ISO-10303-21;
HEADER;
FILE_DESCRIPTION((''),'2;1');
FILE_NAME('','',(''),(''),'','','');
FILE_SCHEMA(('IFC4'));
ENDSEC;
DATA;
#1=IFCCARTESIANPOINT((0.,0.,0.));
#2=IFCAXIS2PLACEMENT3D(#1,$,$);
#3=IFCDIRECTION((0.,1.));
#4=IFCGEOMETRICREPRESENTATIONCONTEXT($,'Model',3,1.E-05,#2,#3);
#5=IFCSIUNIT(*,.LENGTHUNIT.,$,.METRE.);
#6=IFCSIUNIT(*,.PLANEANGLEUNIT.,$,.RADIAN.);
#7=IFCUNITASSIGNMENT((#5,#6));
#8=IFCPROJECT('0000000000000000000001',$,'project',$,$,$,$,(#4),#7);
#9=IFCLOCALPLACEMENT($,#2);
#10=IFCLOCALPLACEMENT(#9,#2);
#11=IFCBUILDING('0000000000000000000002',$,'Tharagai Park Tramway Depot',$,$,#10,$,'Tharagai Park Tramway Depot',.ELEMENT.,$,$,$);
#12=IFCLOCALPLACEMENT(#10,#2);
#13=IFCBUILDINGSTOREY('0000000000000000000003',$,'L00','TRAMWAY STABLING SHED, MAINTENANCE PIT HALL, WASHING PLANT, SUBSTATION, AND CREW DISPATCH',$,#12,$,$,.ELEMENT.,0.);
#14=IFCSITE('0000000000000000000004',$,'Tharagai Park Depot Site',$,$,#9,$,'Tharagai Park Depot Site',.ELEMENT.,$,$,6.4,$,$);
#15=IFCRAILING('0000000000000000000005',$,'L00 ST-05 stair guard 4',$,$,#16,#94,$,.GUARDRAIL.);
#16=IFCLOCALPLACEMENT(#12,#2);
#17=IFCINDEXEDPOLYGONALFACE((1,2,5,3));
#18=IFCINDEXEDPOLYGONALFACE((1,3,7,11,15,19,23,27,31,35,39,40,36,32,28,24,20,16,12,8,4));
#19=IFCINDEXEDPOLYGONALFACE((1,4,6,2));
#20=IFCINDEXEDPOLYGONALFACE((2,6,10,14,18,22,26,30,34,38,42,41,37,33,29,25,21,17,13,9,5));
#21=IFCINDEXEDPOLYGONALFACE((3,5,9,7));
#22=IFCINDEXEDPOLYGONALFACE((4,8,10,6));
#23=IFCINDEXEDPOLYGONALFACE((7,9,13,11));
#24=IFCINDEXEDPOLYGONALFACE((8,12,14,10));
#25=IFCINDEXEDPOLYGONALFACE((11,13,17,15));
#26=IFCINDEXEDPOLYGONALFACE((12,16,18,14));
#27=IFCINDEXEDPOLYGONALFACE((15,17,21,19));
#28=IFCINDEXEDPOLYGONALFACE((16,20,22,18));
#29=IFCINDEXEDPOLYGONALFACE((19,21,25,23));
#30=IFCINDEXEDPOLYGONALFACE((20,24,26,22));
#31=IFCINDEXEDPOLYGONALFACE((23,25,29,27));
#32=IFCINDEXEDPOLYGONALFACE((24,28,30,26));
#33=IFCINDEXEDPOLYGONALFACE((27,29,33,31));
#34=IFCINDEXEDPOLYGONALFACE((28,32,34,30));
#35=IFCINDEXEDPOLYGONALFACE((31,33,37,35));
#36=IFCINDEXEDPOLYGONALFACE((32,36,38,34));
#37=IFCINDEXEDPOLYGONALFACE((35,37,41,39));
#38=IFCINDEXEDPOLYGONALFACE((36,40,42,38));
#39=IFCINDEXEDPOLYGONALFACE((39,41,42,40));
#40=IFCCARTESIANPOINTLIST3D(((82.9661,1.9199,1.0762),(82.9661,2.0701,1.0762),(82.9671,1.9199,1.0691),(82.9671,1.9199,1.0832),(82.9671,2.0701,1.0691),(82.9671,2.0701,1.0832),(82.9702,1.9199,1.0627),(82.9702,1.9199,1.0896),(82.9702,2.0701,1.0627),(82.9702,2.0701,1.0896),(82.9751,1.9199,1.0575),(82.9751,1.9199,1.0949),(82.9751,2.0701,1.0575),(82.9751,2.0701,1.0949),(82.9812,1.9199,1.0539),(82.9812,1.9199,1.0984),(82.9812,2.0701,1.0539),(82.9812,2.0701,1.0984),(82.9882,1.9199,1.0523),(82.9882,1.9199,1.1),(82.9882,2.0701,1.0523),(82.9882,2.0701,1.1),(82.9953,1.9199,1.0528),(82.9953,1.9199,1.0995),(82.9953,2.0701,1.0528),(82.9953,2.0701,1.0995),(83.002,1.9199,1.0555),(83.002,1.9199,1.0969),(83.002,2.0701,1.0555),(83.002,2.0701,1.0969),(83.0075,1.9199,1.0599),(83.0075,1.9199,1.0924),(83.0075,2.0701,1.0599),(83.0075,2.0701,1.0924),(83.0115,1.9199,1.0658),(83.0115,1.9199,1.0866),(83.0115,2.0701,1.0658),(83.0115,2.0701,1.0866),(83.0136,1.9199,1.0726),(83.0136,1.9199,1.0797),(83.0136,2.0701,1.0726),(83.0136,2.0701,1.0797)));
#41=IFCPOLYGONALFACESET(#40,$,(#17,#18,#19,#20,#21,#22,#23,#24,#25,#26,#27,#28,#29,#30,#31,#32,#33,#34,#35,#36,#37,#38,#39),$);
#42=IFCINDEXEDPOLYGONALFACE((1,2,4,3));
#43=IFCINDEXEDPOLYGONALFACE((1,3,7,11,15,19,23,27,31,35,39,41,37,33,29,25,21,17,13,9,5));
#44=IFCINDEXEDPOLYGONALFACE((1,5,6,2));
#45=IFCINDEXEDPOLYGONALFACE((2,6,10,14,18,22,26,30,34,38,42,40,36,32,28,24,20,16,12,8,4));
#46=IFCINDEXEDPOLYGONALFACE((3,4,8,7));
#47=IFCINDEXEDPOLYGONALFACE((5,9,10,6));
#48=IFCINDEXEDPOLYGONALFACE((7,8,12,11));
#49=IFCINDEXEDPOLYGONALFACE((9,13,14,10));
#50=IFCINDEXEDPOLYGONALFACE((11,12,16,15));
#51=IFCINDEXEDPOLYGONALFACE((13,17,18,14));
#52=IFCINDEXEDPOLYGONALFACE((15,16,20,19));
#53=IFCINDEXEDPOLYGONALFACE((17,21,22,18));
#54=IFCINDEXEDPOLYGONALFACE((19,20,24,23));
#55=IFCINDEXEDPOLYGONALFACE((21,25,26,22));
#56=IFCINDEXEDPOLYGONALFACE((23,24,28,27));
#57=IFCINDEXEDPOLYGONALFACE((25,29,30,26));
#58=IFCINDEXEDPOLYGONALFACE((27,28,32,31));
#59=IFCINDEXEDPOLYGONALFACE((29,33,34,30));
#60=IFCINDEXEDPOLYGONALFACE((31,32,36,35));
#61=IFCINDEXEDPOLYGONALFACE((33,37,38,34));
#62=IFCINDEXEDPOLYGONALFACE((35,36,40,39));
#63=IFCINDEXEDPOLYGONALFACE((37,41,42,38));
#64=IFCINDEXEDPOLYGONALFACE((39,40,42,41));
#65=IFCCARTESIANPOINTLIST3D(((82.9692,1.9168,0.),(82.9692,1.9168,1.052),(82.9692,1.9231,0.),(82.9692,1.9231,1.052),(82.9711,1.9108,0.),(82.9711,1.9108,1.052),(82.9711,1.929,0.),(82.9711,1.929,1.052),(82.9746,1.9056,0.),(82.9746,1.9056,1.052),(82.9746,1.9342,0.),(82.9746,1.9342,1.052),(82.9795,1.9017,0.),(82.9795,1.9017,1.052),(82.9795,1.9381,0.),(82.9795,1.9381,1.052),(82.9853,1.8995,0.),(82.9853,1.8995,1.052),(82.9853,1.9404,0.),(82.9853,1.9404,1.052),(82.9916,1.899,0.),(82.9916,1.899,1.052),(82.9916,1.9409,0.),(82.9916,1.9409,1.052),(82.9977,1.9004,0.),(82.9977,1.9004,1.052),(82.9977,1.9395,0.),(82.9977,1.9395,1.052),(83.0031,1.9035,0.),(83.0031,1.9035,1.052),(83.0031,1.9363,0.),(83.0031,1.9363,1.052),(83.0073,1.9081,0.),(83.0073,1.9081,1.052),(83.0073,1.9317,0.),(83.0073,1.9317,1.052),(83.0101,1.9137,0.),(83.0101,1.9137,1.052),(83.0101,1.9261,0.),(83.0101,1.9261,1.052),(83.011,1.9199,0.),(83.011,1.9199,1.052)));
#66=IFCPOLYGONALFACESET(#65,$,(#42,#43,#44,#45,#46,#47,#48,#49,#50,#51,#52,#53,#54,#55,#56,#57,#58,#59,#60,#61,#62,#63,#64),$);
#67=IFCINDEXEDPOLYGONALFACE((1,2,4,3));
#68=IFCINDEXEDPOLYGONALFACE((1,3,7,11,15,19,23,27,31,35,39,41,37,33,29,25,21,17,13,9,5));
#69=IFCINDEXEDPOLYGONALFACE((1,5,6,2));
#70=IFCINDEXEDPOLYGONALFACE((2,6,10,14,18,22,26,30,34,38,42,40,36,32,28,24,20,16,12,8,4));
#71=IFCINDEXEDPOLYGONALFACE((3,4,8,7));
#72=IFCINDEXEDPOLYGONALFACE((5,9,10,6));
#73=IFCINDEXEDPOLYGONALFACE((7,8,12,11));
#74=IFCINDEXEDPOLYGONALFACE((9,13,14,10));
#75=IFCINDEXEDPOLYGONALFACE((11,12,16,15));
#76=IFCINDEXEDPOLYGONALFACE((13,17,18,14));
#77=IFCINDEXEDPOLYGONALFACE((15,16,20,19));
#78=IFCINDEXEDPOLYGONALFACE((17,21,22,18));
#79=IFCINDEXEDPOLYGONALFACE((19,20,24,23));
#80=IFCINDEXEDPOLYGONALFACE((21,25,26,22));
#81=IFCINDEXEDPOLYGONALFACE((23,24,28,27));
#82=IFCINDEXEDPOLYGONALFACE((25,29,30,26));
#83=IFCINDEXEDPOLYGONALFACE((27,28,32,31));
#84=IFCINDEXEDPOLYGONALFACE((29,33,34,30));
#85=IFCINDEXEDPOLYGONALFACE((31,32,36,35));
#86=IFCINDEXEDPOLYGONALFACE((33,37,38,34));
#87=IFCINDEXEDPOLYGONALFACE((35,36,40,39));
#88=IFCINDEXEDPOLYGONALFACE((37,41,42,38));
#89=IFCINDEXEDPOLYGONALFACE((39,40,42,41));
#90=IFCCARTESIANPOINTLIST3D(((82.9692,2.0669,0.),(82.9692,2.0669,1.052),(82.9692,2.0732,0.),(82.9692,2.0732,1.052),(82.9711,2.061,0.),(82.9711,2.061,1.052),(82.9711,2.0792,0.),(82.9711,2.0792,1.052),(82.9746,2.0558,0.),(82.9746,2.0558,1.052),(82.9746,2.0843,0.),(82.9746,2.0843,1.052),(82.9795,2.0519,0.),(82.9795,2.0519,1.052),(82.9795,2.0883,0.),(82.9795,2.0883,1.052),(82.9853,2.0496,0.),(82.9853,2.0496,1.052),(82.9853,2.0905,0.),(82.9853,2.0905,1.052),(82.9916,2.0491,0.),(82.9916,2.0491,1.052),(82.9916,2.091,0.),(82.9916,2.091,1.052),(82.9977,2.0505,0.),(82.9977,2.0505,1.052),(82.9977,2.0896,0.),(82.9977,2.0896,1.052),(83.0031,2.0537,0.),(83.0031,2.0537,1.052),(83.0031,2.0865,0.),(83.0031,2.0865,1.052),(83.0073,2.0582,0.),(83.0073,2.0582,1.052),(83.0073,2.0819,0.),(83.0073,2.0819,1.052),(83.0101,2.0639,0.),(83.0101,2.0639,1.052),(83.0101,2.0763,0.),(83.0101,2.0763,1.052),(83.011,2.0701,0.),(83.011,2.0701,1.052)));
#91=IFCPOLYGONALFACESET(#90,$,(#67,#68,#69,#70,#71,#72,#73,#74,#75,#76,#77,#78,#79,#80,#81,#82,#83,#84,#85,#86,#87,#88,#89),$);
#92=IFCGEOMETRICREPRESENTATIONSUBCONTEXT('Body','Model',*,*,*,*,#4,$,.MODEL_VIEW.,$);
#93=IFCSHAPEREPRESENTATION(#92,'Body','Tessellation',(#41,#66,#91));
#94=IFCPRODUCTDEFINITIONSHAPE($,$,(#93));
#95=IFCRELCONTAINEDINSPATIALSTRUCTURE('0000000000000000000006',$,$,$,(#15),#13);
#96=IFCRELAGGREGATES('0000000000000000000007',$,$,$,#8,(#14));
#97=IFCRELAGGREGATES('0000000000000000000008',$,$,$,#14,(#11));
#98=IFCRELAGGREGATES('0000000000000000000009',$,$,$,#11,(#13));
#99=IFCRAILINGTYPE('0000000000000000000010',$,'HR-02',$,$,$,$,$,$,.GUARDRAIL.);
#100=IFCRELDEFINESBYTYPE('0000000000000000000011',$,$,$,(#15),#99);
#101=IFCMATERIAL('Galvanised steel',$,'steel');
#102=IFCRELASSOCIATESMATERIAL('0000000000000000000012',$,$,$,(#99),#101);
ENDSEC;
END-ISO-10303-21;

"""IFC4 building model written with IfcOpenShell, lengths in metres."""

from ifc_helpers import new_model, si_unit, direction, frame, origin, origin_2d, place, context, subcontext, project, spatial, circle, extrude, material, type_object, element, save


model = new_model("IFC4")

# Units and contexts
model_context = context("Model", 3, precision=1e-05, world=origin(), true_north=direction((0.0, 1.0)))
body_context = subcontext(model_context, "Body", "Model", "MODEL_VIEW")
ifc_project = project(units=[si_unit("LENGTHUNIT", "METRE"), si_unit("PLANEANGLEUNIT", "RADIAN")], contexts=[model_context])

# Site, building, storey
site_placement = place(None, origin())
site = spatial("IfcSite", under=ifc_project, at=site_placement, Name="Tharagai Park Depot Site", LongName="Tharagai Park Depot Site", CompositionType="ELEMENT", RefElevation=6.4)
building_placement = place(site_placement, origin())
building = spatial("IfcBuilding", under=site, at=building_placement, Name="Tharagai Park Tramway Depot", LongName="Tharagai Park Tramway Depot", CompositionType="ELEMENT")
storey_placement = place(building_placement, origin())
storey = spatial("IfcBuildingStorey", under=building, at=storey_placement, Name="L00", Description="TRAMWAY STABLING SHED, MAINTENANCE PIT HALL, WASHING PLANT, SUBSTATION, AND CREW DISPATCH", CompositionType="ELEMENT", Elevation=0.0)

# Shared definitions
ifc_material_1 = material(Name="Galvanised steel", Category="steel")

# Railing
railing_type_1 = type_object("IfcRailingType", Name="HR-02", PredefinedType="GUARDRAIL", material=ifc_material_1)
railing_1_placement = place(storey_placement, frame((82.99, 1.9199, 0.0)))
element("IfcRailing", 1, at=railing_1_placement, inside=storey, type_object=railing_type_1, Name="L00 ST-05 stair guard 4", PredefinedType="GUARDRAIL", context=body_context, shape_type="SweptSolid", body=[
    extrude(circle(Radius=0.0239, at=origin_2d()), frame((0.0, 0.0, 1.0762), z_axis=(0.0, 1.0, 0.0), x_axis=(-1.0, 0.0, 0.0)), (0.0, 0.0, 1.0), 0.1501),
    extrude(circle(Radius=0.021, at=origin_2d()), origin(), (0.0, 0.0, 1.0), 1.052),
    extrude(circle(Radius=0.021, at=origin_2d()), frame((0.0, 0.1501, 0.0)), (0.0, 0.0, 1.0), 1.052),
])

save(model, "model.ifc")
